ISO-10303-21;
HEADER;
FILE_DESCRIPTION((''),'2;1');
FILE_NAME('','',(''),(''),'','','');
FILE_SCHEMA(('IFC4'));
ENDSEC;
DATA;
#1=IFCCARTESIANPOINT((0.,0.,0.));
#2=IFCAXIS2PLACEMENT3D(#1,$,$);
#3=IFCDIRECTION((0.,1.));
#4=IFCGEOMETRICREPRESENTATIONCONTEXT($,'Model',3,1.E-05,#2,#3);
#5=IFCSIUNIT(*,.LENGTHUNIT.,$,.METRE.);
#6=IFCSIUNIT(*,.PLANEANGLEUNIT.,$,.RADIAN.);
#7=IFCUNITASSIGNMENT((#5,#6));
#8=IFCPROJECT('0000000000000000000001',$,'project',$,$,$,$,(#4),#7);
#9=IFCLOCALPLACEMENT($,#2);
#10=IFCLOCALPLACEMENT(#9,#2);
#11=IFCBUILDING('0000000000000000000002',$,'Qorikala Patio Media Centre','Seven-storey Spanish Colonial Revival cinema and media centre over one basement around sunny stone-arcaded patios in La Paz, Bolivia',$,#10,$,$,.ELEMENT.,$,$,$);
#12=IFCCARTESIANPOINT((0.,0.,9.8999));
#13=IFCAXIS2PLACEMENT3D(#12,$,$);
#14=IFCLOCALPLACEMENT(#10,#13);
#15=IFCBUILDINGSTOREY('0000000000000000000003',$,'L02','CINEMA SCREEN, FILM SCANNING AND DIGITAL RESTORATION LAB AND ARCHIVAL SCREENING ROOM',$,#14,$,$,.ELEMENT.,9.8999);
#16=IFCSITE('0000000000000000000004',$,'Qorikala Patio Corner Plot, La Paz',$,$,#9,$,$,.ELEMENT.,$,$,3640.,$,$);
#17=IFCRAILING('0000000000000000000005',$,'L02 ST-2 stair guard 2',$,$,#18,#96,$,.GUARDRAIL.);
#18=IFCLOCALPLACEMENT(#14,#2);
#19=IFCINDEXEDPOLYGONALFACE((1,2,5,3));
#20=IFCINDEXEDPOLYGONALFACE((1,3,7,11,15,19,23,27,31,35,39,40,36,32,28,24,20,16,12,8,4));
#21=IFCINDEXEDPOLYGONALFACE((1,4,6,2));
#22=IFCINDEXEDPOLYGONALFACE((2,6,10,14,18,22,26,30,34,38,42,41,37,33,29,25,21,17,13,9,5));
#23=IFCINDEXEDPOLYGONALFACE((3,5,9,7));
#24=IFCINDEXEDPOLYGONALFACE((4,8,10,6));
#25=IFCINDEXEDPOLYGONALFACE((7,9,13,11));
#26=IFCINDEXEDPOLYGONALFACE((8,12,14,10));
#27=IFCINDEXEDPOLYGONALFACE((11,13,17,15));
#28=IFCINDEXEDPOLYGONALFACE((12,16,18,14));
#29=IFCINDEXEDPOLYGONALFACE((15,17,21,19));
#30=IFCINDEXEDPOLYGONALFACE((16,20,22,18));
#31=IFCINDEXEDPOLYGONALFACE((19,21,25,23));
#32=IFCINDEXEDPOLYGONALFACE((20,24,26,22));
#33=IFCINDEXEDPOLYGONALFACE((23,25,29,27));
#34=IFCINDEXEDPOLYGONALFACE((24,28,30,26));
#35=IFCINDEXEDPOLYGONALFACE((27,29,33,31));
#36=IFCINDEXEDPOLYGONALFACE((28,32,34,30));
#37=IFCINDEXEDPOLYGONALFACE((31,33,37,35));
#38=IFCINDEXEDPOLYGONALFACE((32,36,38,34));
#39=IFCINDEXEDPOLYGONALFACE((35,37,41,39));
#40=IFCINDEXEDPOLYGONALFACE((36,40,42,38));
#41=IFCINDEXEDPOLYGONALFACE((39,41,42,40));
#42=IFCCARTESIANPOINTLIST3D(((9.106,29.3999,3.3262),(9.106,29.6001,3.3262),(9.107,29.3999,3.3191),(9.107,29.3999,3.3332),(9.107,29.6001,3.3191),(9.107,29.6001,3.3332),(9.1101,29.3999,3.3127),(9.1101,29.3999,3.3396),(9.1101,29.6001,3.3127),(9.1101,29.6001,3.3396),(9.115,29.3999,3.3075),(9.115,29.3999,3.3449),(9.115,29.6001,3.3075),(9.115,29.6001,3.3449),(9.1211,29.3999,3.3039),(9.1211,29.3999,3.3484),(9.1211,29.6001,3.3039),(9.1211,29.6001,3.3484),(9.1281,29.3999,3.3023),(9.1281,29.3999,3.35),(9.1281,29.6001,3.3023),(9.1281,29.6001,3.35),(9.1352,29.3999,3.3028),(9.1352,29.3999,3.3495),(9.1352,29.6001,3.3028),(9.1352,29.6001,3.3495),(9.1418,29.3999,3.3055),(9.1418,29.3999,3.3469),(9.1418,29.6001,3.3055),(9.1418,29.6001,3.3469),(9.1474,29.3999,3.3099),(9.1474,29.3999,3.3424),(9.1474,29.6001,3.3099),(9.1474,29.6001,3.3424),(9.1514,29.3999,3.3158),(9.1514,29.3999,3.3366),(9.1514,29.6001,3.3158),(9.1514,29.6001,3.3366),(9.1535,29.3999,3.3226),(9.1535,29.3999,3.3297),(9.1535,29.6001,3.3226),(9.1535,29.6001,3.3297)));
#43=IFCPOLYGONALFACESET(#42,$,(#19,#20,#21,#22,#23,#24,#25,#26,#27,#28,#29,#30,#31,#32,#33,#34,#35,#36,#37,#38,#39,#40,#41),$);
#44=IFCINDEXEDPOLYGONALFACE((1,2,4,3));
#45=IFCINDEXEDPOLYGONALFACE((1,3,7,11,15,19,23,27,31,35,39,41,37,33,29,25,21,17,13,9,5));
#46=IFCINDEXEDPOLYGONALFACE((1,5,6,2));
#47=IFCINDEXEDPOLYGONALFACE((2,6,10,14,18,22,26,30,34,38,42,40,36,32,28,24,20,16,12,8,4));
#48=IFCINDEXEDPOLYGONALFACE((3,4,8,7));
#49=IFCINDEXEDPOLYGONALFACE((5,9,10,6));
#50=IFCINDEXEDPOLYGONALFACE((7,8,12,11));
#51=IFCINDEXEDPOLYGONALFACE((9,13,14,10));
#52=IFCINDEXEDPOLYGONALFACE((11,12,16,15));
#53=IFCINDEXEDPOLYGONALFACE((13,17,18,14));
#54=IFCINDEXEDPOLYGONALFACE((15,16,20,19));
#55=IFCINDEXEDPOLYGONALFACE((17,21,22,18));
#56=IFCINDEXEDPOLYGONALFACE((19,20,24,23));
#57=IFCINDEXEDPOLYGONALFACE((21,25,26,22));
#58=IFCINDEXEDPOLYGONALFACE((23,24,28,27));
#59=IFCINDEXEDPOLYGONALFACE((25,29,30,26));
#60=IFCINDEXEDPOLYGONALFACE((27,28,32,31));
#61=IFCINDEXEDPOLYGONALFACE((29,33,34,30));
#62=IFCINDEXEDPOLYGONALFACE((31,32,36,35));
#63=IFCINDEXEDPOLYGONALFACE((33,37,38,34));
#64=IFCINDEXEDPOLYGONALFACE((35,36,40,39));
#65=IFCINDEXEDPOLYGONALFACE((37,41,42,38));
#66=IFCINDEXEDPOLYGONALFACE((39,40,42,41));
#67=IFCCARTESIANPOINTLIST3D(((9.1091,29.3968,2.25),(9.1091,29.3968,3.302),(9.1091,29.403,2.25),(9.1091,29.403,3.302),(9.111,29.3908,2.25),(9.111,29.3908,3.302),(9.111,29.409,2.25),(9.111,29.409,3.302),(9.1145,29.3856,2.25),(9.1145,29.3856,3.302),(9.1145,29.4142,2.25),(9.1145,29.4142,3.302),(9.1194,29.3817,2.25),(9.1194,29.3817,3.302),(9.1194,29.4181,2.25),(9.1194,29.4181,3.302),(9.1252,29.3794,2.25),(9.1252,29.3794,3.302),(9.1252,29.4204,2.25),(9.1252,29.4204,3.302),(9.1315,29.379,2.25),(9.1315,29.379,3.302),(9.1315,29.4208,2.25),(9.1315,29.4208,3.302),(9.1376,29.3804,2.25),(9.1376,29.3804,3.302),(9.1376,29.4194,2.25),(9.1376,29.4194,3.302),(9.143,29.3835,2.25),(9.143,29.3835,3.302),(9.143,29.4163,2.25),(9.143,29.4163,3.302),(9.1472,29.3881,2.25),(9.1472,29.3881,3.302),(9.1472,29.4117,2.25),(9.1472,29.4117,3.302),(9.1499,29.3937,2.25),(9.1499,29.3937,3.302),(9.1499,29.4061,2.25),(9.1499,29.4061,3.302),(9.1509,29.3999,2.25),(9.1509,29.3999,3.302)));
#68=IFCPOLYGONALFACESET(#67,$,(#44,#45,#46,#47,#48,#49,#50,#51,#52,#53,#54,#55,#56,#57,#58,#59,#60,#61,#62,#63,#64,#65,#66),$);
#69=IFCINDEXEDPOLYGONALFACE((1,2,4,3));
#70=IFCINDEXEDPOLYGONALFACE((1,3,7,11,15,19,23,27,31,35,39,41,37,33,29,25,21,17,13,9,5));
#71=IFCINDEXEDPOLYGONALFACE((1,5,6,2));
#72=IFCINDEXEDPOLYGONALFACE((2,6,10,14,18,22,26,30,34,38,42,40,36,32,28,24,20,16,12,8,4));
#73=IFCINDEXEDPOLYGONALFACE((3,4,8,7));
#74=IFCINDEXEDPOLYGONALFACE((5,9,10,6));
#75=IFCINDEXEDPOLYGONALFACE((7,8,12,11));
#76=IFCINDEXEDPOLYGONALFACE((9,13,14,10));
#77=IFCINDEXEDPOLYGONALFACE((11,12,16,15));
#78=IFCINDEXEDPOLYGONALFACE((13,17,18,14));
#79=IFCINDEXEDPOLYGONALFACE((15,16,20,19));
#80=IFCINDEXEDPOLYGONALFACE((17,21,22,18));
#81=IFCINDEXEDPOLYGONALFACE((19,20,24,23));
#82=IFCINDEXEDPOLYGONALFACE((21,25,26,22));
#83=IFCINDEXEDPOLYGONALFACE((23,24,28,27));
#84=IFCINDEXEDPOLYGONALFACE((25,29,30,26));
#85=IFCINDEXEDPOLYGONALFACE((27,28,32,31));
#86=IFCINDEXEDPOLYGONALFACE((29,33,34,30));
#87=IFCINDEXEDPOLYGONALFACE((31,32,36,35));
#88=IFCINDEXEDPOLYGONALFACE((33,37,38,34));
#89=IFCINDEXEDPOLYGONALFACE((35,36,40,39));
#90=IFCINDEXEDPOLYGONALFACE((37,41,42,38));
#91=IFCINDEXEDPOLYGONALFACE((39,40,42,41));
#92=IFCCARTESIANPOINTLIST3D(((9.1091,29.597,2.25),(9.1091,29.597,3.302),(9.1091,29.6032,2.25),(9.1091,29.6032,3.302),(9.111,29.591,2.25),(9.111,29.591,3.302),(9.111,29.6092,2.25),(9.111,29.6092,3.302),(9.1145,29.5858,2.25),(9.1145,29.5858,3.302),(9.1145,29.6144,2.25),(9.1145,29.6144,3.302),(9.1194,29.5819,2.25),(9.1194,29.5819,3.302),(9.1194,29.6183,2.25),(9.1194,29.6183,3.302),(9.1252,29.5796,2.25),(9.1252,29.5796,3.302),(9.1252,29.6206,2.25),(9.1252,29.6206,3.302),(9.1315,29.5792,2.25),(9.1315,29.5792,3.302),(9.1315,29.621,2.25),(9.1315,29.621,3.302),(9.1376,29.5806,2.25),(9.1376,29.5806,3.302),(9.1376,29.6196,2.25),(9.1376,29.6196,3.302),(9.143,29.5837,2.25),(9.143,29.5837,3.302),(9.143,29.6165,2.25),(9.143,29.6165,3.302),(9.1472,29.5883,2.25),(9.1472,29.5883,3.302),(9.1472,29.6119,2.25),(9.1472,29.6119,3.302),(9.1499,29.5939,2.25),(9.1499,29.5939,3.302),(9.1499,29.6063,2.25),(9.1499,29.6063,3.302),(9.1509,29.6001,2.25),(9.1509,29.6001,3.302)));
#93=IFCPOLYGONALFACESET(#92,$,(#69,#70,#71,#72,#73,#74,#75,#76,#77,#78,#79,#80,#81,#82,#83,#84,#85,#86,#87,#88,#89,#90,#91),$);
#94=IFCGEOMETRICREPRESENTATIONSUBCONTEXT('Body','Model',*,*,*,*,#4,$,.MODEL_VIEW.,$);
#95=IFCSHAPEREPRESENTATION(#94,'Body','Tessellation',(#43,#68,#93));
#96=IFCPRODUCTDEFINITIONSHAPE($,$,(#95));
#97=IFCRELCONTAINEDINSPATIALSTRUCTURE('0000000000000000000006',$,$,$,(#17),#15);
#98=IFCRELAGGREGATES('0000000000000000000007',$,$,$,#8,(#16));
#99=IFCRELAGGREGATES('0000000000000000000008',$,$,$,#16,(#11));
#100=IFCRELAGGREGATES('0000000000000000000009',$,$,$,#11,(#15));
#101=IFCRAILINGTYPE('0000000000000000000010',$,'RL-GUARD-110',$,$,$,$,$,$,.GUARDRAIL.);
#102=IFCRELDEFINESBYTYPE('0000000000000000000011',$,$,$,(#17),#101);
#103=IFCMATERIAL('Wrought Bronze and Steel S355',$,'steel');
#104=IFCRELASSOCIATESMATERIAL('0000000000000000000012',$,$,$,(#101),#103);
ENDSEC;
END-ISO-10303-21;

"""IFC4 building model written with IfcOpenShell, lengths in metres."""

from ifc_helpers import new_model, si_unit, direction, frame, origin, origin_2d, place, context, subcontext, project, spatial, circle, extrude, material, type_object, element, save


model = new_model("IFC4")

# Units and contexts
model_context = context("Model", 3, precision=1e-05, world=origin(), true_north=direction((0.0, 1.0)))
body_context = subcontext(model_context, "Body", "Model", "MODEL_VIEW")
ifc_project = project(units=[si_unit("LENGTHUNIT", "METRE"), si_unit("PLANEANGLEUNIT", "RADIAN")], contexts=[model_context])

# Site, building, storey
site_placement = place(None, origin())
site = spatial("IfcSite", under=ifc_project, at=site_placement, Name="Qorikala Patio Corner Plot, La Paz", CompositionType="ELEMENT", RefElevation=3640.0)
building_placement = place(site_placement, origin())
building = spatial("IfcBuilding", under=site, at=building_placement, Name="Qorikala Patio Media Centre", Description="Seven-storey Spanish Colonial Revival cinema and media centre over one basement around sunny stone-arcaded patios in La Paz, Bolivia", CompositionType="ELEMENT")
storey_placement = place(building_placement, frame((0.0, 0.0, 9.8999)))
storey = spatial("IfcBuildingStorey", under=building, at=storey_placement, Name="L02", Description="CINEMA SCREEN, FILM SCANNING AND DIGITAL RESTORATION LAB AND ARCHIVAL SCREENING ROOM", CompositionType="ELEMENT", Elevation=9.8999)

# Railing
ifc_material_1 = material(Name="Wrought Bronze and Steel S355", Category="steel")
railing_type_1 = type_object("IfcRailingType", Name="RL-GUARD-110", PredefinedType="GUARDRAIL", material=ifc_material_1)
railing_1_placement = place(storey_placement, frame((9.1299, 29.3999, 2.25)))
element("IfcRailing", 1, at=railing_1_placement, inside=storey, type_object=railing_type_1, Name="L02 ST-2 stair guard 2", PredefinedType="GUARDRAIL", context=body_context, shape_type="SweptSolid", body=[
    extrude(circle(Radius=0.0239, at=origin_2d()), frame((0.0, 0.0, 1.0762), z_axis=(0.0, 1.0, 0.0), x_axis=(-1.0, 0.0, 0.0)), (0.0, 0.0, 1.0), 0.2002),
    extrude(circle(Radius=0.021, at=origin_2d()), origin(), (0.0, 0.0, 1.0), 1.052),
    extrude(circle(Radius=0.021, at=origin_2d()), frame((0.0, 0.2002, 0.0)), (0.0, 0.0, 1.0), 1.052),
])

save(model, "model.ifc")
